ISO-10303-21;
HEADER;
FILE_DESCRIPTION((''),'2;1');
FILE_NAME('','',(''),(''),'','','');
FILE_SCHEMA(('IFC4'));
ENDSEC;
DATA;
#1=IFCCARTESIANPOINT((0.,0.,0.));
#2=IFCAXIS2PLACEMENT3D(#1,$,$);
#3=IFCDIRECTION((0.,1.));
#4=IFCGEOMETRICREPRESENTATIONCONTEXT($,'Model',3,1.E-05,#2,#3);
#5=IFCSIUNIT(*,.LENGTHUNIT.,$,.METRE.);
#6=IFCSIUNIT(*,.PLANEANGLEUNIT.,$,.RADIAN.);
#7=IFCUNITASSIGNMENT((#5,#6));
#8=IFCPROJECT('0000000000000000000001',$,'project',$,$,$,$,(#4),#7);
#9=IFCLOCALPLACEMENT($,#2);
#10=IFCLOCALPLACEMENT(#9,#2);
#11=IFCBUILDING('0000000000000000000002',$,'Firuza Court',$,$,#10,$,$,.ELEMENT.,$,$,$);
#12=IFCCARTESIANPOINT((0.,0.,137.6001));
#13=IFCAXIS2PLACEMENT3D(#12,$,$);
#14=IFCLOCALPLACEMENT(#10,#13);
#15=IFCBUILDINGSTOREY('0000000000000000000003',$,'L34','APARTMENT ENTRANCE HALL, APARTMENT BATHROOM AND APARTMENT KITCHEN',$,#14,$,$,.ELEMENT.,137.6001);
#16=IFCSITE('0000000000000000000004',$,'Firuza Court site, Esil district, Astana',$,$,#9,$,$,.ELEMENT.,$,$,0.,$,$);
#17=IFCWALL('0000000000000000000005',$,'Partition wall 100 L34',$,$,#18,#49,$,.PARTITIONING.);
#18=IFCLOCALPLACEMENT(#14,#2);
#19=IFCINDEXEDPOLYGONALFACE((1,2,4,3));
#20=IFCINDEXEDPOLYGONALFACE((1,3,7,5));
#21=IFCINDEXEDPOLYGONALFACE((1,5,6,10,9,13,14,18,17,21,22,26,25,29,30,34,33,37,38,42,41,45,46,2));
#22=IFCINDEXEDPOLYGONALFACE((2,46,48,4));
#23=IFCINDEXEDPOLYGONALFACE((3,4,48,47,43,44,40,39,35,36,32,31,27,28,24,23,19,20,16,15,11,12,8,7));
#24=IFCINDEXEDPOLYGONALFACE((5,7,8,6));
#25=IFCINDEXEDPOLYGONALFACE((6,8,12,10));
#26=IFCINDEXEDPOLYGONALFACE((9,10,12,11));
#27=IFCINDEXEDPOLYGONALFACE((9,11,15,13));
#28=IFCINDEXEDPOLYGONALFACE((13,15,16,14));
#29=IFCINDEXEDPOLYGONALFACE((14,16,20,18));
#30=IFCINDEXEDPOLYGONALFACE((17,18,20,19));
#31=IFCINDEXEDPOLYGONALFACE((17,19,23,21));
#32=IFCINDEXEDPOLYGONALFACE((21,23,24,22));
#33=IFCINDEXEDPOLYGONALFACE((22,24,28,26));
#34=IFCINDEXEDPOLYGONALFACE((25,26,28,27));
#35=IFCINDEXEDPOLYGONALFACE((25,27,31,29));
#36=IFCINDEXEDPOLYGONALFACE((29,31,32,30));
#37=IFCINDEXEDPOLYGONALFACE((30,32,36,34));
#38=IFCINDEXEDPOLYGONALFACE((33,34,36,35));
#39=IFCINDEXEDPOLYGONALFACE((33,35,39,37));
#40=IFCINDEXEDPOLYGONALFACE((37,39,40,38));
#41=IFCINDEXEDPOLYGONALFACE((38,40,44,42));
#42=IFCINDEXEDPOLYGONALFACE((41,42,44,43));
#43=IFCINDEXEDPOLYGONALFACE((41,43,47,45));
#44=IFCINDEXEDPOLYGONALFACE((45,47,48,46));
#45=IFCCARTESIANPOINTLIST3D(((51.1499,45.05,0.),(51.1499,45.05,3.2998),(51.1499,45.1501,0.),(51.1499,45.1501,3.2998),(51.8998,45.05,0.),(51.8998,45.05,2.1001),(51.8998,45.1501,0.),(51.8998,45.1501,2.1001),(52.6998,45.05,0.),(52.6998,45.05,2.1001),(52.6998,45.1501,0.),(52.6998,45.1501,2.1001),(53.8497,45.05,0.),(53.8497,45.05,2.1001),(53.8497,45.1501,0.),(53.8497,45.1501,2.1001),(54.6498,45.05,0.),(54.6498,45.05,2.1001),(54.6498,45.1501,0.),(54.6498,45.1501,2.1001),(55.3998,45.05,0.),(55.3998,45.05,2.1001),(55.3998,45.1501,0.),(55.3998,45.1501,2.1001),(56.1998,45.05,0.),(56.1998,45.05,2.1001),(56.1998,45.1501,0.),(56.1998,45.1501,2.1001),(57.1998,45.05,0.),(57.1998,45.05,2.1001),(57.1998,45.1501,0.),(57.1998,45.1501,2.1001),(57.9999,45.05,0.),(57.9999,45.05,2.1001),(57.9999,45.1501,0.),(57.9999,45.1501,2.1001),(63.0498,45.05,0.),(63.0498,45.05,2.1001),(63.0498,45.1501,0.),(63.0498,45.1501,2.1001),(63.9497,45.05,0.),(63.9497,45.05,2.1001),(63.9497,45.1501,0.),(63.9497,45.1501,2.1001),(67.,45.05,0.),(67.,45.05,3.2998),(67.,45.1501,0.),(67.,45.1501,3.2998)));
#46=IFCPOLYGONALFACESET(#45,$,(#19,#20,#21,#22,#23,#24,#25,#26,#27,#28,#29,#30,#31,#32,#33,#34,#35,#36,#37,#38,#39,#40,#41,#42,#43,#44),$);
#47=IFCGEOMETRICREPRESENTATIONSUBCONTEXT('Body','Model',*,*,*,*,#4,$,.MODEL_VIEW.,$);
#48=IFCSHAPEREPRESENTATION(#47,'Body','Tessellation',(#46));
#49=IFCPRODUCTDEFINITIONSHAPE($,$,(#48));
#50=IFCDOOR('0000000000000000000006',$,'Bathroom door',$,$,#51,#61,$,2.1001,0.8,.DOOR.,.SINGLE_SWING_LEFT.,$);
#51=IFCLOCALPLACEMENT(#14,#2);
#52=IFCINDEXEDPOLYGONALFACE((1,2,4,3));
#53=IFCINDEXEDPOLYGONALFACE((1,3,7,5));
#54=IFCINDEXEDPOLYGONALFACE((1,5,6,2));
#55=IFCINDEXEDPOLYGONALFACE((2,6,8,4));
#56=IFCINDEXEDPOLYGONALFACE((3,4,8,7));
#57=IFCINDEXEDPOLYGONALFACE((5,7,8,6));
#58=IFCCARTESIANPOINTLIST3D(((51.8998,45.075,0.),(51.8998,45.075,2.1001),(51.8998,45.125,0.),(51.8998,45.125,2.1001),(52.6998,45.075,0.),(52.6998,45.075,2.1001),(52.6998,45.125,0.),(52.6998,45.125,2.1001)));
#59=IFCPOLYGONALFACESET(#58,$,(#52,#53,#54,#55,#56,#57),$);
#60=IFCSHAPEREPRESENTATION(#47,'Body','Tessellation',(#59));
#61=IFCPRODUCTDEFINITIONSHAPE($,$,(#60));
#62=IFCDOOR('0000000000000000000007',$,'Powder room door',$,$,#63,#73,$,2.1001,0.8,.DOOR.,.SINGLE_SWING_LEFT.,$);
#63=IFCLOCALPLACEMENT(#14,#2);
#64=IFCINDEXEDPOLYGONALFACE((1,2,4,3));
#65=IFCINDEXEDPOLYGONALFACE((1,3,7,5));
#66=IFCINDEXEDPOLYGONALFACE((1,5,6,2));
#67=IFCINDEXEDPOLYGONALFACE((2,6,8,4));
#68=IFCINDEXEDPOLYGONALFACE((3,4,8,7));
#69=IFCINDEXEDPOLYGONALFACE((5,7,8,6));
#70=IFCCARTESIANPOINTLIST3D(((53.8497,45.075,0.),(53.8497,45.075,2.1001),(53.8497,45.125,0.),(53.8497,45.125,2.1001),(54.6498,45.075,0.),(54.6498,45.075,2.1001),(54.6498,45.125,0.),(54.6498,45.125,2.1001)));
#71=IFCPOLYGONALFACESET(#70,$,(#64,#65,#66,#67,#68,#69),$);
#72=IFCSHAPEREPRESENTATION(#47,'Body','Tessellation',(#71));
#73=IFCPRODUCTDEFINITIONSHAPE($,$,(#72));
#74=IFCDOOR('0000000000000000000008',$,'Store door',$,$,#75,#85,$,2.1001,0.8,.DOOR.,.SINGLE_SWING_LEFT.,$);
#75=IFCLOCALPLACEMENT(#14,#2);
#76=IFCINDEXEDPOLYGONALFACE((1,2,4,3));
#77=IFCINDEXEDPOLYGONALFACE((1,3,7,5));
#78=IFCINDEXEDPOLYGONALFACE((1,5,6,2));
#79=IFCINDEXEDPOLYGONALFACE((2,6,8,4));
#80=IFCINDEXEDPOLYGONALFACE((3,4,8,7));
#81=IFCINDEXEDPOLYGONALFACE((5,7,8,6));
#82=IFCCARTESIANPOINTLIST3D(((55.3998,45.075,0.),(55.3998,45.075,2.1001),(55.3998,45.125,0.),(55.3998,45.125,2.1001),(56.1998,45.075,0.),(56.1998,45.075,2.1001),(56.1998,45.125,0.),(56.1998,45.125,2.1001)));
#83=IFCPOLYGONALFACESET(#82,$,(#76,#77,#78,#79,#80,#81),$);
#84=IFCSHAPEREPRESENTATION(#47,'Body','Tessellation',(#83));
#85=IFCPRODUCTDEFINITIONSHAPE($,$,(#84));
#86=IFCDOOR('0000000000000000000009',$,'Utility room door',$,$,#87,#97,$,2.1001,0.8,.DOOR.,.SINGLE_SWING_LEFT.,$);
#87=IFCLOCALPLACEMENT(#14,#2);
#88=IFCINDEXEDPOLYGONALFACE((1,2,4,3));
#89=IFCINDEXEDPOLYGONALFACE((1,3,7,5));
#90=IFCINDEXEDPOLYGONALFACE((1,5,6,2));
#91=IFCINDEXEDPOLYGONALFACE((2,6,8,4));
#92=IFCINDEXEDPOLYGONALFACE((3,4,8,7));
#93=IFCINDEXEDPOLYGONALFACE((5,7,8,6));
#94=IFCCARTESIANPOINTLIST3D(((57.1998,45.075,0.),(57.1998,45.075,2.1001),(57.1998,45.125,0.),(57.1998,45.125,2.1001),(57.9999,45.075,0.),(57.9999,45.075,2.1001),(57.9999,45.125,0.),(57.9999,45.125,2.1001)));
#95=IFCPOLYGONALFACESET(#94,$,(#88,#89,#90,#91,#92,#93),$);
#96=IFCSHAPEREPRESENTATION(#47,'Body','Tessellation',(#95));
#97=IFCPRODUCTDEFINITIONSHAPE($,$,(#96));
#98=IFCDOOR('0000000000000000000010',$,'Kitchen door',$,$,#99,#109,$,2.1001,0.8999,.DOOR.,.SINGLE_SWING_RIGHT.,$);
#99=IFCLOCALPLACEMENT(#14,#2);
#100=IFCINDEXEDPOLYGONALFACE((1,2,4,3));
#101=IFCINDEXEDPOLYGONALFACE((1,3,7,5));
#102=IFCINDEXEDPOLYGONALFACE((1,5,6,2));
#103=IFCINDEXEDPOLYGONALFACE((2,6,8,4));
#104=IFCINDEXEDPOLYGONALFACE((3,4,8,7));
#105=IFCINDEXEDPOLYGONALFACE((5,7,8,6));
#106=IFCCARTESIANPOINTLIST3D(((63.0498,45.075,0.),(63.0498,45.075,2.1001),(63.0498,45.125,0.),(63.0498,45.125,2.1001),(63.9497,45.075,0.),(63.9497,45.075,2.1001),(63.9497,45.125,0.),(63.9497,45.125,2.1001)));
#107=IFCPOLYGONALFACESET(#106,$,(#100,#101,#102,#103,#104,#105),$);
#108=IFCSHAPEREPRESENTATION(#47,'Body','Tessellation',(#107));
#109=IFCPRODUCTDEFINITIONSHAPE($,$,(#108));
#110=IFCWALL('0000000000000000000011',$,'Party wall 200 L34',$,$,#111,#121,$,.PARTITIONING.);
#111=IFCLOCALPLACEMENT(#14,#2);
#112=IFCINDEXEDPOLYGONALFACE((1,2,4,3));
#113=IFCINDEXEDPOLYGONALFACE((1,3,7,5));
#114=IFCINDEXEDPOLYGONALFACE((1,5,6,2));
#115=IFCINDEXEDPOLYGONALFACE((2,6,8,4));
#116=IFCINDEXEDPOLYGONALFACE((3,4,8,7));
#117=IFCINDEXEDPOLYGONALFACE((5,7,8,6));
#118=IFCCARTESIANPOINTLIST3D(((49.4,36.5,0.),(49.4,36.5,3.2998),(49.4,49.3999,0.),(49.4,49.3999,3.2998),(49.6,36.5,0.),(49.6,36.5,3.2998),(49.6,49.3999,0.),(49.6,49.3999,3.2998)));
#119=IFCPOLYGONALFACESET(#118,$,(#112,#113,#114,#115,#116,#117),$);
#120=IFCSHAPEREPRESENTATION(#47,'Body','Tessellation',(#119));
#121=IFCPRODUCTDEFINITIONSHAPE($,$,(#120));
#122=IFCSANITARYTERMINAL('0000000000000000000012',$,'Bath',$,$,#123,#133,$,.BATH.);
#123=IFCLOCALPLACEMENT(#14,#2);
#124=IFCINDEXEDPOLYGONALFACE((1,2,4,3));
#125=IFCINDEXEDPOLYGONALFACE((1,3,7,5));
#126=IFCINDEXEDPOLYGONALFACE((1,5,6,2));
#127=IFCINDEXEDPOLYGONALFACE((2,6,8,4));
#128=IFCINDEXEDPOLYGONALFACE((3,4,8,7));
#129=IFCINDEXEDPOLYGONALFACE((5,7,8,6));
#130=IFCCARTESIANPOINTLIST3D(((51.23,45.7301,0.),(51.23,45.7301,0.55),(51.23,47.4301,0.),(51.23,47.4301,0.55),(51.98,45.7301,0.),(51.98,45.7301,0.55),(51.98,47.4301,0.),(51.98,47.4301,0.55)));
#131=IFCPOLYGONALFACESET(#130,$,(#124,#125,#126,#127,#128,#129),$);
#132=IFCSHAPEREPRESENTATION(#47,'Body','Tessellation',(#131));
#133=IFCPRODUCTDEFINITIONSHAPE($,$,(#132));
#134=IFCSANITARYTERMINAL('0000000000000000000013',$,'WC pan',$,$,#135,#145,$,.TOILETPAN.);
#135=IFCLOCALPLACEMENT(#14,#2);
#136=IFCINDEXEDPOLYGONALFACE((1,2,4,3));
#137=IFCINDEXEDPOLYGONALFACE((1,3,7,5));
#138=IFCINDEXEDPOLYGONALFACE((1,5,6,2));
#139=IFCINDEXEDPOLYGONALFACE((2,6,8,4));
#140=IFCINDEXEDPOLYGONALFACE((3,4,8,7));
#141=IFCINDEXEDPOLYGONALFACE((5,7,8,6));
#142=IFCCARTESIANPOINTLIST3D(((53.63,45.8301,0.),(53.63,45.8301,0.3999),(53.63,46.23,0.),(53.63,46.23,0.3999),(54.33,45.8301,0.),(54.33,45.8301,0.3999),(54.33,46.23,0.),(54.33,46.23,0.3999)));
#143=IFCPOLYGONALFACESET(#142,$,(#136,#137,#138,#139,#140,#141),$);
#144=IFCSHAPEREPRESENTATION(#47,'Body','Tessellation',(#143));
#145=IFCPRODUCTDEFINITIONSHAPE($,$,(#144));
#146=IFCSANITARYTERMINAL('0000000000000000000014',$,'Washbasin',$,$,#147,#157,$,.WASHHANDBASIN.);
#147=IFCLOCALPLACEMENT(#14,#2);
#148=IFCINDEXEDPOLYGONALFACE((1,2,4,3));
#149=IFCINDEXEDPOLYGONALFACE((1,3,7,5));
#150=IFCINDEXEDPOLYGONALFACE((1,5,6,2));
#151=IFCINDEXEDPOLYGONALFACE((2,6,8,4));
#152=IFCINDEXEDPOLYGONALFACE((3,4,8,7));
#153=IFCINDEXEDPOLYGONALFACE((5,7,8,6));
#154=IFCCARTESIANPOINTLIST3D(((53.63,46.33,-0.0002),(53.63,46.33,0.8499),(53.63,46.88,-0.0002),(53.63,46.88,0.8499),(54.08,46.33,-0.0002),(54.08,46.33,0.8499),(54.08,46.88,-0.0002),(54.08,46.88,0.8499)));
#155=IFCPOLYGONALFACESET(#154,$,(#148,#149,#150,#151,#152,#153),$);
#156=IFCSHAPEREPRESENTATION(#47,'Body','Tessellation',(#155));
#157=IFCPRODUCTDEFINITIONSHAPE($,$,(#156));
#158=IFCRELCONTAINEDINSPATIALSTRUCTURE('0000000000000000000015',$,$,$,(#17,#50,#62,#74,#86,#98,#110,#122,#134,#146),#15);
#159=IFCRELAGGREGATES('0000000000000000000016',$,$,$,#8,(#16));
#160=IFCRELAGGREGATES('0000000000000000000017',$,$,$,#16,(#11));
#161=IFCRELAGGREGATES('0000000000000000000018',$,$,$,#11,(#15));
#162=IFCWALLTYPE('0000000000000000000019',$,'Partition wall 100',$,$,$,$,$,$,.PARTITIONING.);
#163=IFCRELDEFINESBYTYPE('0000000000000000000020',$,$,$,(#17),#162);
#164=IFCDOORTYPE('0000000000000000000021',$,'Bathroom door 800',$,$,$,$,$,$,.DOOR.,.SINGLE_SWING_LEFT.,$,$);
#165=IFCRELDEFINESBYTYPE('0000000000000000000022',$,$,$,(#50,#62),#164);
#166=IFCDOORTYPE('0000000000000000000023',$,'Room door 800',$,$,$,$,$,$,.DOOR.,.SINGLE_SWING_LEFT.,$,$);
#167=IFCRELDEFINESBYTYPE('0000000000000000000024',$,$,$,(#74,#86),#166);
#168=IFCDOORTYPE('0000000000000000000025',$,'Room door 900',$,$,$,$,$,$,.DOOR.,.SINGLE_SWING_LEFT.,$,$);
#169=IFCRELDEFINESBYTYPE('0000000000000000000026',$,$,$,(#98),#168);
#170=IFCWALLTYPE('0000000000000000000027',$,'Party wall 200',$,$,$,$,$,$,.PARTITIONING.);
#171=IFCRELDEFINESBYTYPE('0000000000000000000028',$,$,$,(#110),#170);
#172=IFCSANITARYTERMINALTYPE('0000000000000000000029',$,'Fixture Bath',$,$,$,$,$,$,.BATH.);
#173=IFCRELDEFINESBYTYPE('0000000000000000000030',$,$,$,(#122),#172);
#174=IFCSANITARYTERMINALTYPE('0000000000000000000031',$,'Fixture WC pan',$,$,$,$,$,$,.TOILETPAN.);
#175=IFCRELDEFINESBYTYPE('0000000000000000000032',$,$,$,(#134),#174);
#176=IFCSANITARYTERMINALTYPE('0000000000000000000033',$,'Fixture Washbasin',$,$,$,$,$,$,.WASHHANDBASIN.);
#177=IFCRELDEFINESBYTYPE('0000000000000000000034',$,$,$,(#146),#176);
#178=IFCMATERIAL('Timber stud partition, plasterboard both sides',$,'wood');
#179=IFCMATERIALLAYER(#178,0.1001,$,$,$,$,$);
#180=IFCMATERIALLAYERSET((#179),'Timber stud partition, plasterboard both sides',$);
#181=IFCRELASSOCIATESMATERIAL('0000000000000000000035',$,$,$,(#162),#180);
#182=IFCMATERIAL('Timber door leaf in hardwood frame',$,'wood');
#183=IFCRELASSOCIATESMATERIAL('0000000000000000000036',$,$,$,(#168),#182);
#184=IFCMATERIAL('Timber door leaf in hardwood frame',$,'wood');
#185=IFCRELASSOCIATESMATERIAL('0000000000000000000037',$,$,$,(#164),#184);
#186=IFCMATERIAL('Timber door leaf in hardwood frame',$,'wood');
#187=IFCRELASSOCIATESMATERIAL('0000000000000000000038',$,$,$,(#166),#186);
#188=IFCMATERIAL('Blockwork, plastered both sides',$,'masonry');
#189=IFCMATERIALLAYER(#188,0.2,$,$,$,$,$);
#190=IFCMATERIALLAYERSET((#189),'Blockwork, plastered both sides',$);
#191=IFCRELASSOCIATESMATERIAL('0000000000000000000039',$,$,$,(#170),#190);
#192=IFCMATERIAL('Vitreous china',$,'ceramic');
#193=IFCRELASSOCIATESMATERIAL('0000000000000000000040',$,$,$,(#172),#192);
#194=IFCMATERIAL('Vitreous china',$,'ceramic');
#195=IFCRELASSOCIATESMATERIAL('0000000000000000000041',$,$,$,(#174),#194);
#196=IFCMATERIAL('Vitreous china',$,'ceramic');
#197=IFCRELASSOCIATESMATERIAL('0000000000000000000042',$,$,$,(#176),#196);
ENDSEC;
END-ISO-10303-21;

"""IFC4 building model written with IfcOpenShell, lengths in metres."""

from ifc_helpers import new_model, si_unit, direction, frame, frame_2d, origin, origin_2d, place, context, subcontext, project, spatial, rectangle, extrude, material, layer, layer_set, type_object, element, fill, save


model = new_model("IFC4")

# Units and contexts
model_context = context("Model", 3, precision=1e-05, world=origin(), true_north=direction((0.0, 1.0)))
body_context = subcontext(model_context, "Body", "Model", "MODEL_VIEW")
ifc_project = project(units=[si_unit("LENGTHUNIT", "METRE"), si_unit("PLANEANGLEUNIT", "RADIAN")], contexts=[model_context])

# Site, building, storey
site_placement = place(None, origin())
site = spatial("IfcSite", under=ifc_project, at=site_placement, Name="Firuza Court site, Esil district, Astana", CompositionType="ELEMENT", RefElevation=0.0)
building_placement = place(site_placement, origin())
building = spatial("IfcBuilding", under=site, at=building_placement, Name="Firuza Court", CompositionType="ELEMENT")
storey_placement = place(building_placement, frame((0.0, 0.0, 137.6001)))
storey = spatial("IfcBuildingStorey", under=building, at=storey_placement, Name="L34", Description="APARTMENT ENTRANCE HALL, APARTMENT BATHROOM AND APARTMENT KITCHEN", CompositionType="ELEMENT", Elevation=137.6001)

# Wall, openings, doors
ifc_material_1 = material(Name="Timber stud partition, plasterboard both sides", Category="wood")
ifc_layer_1 = layer(ifc_material_1, 0.1001)
ifc_layer_set_1 = layer_set([ifc_layer_1], Name="Timber stud partition, plasterboard both sides")
wall_type_1 = type_object("IfcWallType", Name="Partition wall 100", PredefinedType="PARTITIONING", material=ifc_layer_set_1)
ifc_material_2 = material(Name="Timber door leaf in hardwood frame", Category="wood")
door_type_1 = type_object("IfcDoorType", Name="Room door 900", OperationType="SINGLE_SWING_LEFT", PredefinedType="DOOR", material=ifc_material_2)
wall_1_placement = place(storey_placement, frame((51.1499, 45.1001, 0.0), z_axis=(0.0, 0.0, 1.0), x_axis=(1.0, 0.0, 0.0)))
wall_1 = element("IfcWall", 1, at=wall_1_placement, inside=storey, type_object=wall_type_1, Name="Partition wall 100 L34", PredefinedType="PARTITIONING", context=body_context, shape_type="SweptSolid", body=[
    extrude(rectangle(XDim=15.8501, YDim=0.1001, at=frame_2d((7.925, 0.0))), origin(), (0.0, 0.0, 1.0), 3.2998),
])
opening_1_placement = place(wall_1_placement, frame((0.75, 0.0, 0.0)))
opening_1 = element("IfcOpeningElement", 2, at=opening_1_placement, cuts=wall_1, PredefinedType="OPENING", context=body_context, shape_type="SweptSolid", body=[
    extrude(rectangle(XDim=0.8, YDim=2.1001, at=frame_2d((0.3999, 1.05))), frame((0.0, 0.062, 0.0), z_axis=(0.0, -1.0, 0.0), x_axis=(1.0, 0.0, 0.0)), (0.0, 0.0, 1.0), 0.124),
])
opening_2_placement = place(wall_1_placement, frame((11.8999, 0.0, 0.0)))
opening_2 = element("IfcOpeningElement", 3, at=opening_2_placement, cuts=wall_1, PredefinedType="OPENING", context=body_context, shape_type="SweptSolid", body=[
    extrude(rectangle(XDim=0.8999, YDim=2.1001, at=frame_2d((0.45, 1.05))), frame((0.0, 0.062, 0.0), z_axis=(0.0, -1.0, 0.0), x_axis=(1.0, 0.0, 0.0)), (0.0, 0.0, 1.0), 0.124),
])
opening_3_placement = place(wall_1_placement, frame((4.25, 0.0, 0.0)))
opening_3 = element("IfcOpeningElement", 4, at=opening_3_placement, cuts=wall_1, PredefinedType="OPENING", context=body_context, shape_type="SweptSolid", body=[
    extrude(rectangle(XDim=0.8, YDim=2.1001, at=frame_2d((0.3999, 1.05))), frame((0.0, 0.062, 0.0), z_axis=(0.0, -1.0, 0.0), x_axis=(1.0, 0.0, 0.0)), (0.0, 0.0, 1.0), 0.124),
])
opening_4_placement = place(wall_1_placement, frame((6.05, 0.0, 0.0)))
opening_4 = element("IfcOpeningElement", 5, at=opening_4_placement, cuts=wall_1, PredefinedType="OPENING", context=body_context, shape_type="SweptSolid", body=[
    extrude(rectangle(XDim=0.8, YDim=2.1001, at=frame_2d((0.3999, 1.05))), frame((0.0, 0.062, 0.0), z_axis=(0.0, -1.0, 0.0), x_axis=(1.0, 0.0, 0.0)), (0.0, 0.0, 1.0), 0.124),
])
opening_5_placement = place(wall_1_placement, frame((2.7, 0.0, 0.0)))
opening_5 = element("IfcOpeningElement", 6, at=opening_5_placement, cuts=wall_1, PredefinedType="OPENING", context=body_context, shape_type="SweptSolid", body=[
    extrude(rectangle(XDim=0.8, YDim=2.1001, at=frame_2d((0.3999, 1.05))), frame((0.0, 0.062, 0.0), z_axis=(0.0, -1.0, 0.0), x_axis=(1.0, 0.0, 0.0)), (0.0, 0.0, 1.0), 0.124),
])
ifc_material_3 = material(Name="Timber door leaf in hardwood frame", Category="wood")
door_type_2 = type_object("IfcDoorType", Name="Bathroom door 800", OperationType="SINGLE_SWING_LEFT", PredefinedType="DOOR", material=ifc_material_3)
door_1_placement = place(opening_1_placement, origin())
door_1 = element("IfcDoor", 7, at=door_1_placement, inside=storey, type_object=door_type_2, Name="Bathroom door", OperationType="SINGLE_SWING_LEFT", OverallHeight=2.1001, OverallWidth=0.8, PredefinedType="DOOR", context=body_context, shape_type="SweptSolid", body=[
    extrude(rectangle(XDim=0.8, YDim=2.1001, at=frame_2d((0.3999, 1.05))), frame((0.0, 0.0249, 0.0), z_axis=(0.0, -1.0, 0.0), x_axis=(1.0, 0.0, 0.0)), (0.0, 0.0, 1.0), 0.05),
])
fill(opening_1, door_1)
door_2_placement = place(opening_5_placement, origin())
door_2 = element("IfcDoor", 8, at=door_2_placement, inside=storey, type_object=door_type_2, Name="Powder room door", OperationType="SINGLE_SWING_LEFT", OverallHeight=2.1001, OverallWidth=0.8, PredefinedType="DOOR", context=body_context, shape_type="SweptSolid", body=[
    extrude(rectangle(XDim=0.8, YDim=2.1001, at=frame_2d((0.3999, 1.05))), frame((0.0, 0.0249, 0.0), z_axis=(0.0, -1.0, 0.0), x_axis=(1.0, 0.0, 0.0)), (0.0, 0.0, 1.0), 0.05),
])
fill(opening_5, door_2)
ifc_material_4 = material(Name="Timber door leaf in hardwood frame", Category="wood")
door_type_3 = type_object("IfcDoorType", Name="Room door 800", OperationType="SINGLE_SWING_LEFT", PredefinedType="DOOR", material=ifc_material_4)
door_3_placement = place(opening_3_placement, origin())
door_3 = element("IfcDoor", 9, at=door_3_placement, inside=storey, type_object=door_type_3, Name="Store door", OperationType="SINGLE_SWING_LEFT", OverallHeight=2.1001, OverallWidth=0.8, PredefinedType="DOOR", context=body_context, shape_type="SweptSolid", body=[
    extrude(rectangle(XDim=0.8, YDim=2.1001, at=frame_2d((0.3999, 1.05))), frame((0.0, 0.0249, 0.0), z_axis=(0.0, -1.0, 0.0), x_axis=(1.0, 0.0, 0.0)), (0.0, 0.0, 1.0), 0.05),
])
fill(opening_3, door_3)
door_4_placement = place(opening_4_placement, origin())
door_4 = element("IfcDoor", 10, at=door_4_placement, inside=storey, type_object=door_type_3, Name="Utility room door", OperationType="SINGLE_SWING_LEFT", OverallHeight=2.1001, OverallWidth=0.8, PredefinedType="DOOR", context=body_context, shape_type="SweptSolid", body=[
    extrude(rectangle(XDim=0.8, YDim=2.1001, at=frame_2d((0.3999, 1.05))), frame((0.0, 0.0249, 0.0), z_axis=(0.0, -1.0, 0.0), x_axis=(1.0, 0.0, 0.0)), (0.0, 0.0, 1.0), 0.05),
])
fill(opening_4, door_4)
door_5_placement = place(opening_2_placement, origin())
door_5 = element("IfcDoor", 11, at=door_5_placement, inside=storey, type_object=door_type_1, Name="Kitchen door", OperationType="SINGLE_SWING_RIGHT", OverallHeight=2.1001, OverallWidth=0.8999, PredefinedType="DOOR", context=body_context, shape_type="SweptSolid", body=[
    extrude(rectangle(XDim=0.8999, YDim=2.1001, at=frame_2d((0.45, 1.05))), frame((0.0, 0.0249, 0.0), z_axis=(0.0, -1.0, 0.0), x_axis=(1.0, 0.0, 0.0)), (0.0, 0.0, 1.0), 0.05),
])
fill(opening_2, door_5)

# Wall
ifc_material_5 = material(Name="Blockwork, plastered both sides", Category="masonry")
ifc_layer_2 = layer(ifc_material_5, 0.2)
ifc_layer_set_2 = layer_set([ifc_layer_2], Name="Blockwork, plastered both sides")
wall_type_2 = type_object("IfcWallType", Name="Party wall 200", PredefinedType="PARTITIONING", material=ifc_layer_set_2)
wall_2_placement = place(storey_placement, frame((49.5, 36.5, 0.0), z_axis=(0.0, 0.0, 1.0), x_axis=(0.0, 1.0, 0.0)))
element("IfcWall", 12, at=wall_2_placement, inside=storey, type_object=wall_type_2, Name="Party wall 200 L34", PredefinedType="PARTITIONING", context=body_context, shape_type="SweptSolid", body=[
    extrude(rectangle(XDim=12.8999, YDim=0.2, at=frame_2d((6.45, 0.0))), origin(), (0.0, 0.0, 1.0), 3.2998),
])

# Sanitary terminals
ifc_material_6 = material(Name="Vitreous china", Category="ceramic")
sanitary_terminal_type_1 = type_object("IfcSanitaryTerminalType", Name="Fixture Bath", PredefinedType="BATH", material=ifc_material_6)
sanitary_terminal_1_placement = place(storey_placement, frame((51.605, 46.5801, 0.0), z_axis=(0.0, 0.0, 1.0), x_axis=(1.0, 0.0, 0.0)))
element("IfcSanitaryTerminal", 13, at=sanitary_terminal_1_placement, inside=storey, type_object=sanitary_terminal_type_1, Name="Bath", PredefinedType="BATH", context=body_context, shape_type="SweptSolid", body=[
    extrude(rectangle(XDim=0.75, YDim=1.7, at=origin_2d()), origin(), (0.0, 0.0, 1.0), 0.55),
])
ifc_material_7 = material(Name="Vitreous china", Category="ceramic")
sanitary_terminal_type_2 = type_object("IfcSanitaryTerminalType", Name="Fixture WC pan", PredefinedType="TOILETPAN", material=ifc_material_7)
sanitary_terminal_2_placement = place(storey_placement, frame((53.98, 46.03, 0.0), z_axis=(0.0, 0.0, 1.0), x_axis=(1.0, 0.0, 0.0)))
element("IfcSanitaryTerminal", 14, at=sanitary_terminal_2_placement, inside=storey, type_object=sanitary_terminal_type_2, Name="WC pan", PredefinedType="TOILETPAN", context=body_context, shape_type="SweptSolid", body=[
    extrude(rectangle(XDim=0.7, YDim=0.3999, at=origin_2d()), origin(), (0.0, 0.0, 1.0), 0.3999),
])
ifc_material_8 = material(Name="Vitreous china", Category="ceramic")
sanitary_terminal_type_3 = type_object("IfcSanitaryTerminalType", Name="Fixture Washbasin", PredefinedType="WASHHANDBASIN", material=ifc_material_8)
sanitary_terminal_3_placement = place(storey_placement, frame((53.855, 46.605, -0.0002), z_axis=(0.0, 0.0, 1.0), x_axis=(1.0, 0.0, 0.0)))
element("IfcSanitaryTerminal", 15, at=sanitary_terminal_3_placement, inside=storey, type_object=sanitary_terminal_type_3, Name="Washbasin", PredefinedType="WASHHANDBASIN", context=body_context, shape_type="SweptSolid", body=[
    extrude(rectangle(XDim=0.45, YDim=0.55, at=origin_2d()), origin(), (0.0, 0.0, 1.0), 0.8501),
])

save(model, "model.ifc")
